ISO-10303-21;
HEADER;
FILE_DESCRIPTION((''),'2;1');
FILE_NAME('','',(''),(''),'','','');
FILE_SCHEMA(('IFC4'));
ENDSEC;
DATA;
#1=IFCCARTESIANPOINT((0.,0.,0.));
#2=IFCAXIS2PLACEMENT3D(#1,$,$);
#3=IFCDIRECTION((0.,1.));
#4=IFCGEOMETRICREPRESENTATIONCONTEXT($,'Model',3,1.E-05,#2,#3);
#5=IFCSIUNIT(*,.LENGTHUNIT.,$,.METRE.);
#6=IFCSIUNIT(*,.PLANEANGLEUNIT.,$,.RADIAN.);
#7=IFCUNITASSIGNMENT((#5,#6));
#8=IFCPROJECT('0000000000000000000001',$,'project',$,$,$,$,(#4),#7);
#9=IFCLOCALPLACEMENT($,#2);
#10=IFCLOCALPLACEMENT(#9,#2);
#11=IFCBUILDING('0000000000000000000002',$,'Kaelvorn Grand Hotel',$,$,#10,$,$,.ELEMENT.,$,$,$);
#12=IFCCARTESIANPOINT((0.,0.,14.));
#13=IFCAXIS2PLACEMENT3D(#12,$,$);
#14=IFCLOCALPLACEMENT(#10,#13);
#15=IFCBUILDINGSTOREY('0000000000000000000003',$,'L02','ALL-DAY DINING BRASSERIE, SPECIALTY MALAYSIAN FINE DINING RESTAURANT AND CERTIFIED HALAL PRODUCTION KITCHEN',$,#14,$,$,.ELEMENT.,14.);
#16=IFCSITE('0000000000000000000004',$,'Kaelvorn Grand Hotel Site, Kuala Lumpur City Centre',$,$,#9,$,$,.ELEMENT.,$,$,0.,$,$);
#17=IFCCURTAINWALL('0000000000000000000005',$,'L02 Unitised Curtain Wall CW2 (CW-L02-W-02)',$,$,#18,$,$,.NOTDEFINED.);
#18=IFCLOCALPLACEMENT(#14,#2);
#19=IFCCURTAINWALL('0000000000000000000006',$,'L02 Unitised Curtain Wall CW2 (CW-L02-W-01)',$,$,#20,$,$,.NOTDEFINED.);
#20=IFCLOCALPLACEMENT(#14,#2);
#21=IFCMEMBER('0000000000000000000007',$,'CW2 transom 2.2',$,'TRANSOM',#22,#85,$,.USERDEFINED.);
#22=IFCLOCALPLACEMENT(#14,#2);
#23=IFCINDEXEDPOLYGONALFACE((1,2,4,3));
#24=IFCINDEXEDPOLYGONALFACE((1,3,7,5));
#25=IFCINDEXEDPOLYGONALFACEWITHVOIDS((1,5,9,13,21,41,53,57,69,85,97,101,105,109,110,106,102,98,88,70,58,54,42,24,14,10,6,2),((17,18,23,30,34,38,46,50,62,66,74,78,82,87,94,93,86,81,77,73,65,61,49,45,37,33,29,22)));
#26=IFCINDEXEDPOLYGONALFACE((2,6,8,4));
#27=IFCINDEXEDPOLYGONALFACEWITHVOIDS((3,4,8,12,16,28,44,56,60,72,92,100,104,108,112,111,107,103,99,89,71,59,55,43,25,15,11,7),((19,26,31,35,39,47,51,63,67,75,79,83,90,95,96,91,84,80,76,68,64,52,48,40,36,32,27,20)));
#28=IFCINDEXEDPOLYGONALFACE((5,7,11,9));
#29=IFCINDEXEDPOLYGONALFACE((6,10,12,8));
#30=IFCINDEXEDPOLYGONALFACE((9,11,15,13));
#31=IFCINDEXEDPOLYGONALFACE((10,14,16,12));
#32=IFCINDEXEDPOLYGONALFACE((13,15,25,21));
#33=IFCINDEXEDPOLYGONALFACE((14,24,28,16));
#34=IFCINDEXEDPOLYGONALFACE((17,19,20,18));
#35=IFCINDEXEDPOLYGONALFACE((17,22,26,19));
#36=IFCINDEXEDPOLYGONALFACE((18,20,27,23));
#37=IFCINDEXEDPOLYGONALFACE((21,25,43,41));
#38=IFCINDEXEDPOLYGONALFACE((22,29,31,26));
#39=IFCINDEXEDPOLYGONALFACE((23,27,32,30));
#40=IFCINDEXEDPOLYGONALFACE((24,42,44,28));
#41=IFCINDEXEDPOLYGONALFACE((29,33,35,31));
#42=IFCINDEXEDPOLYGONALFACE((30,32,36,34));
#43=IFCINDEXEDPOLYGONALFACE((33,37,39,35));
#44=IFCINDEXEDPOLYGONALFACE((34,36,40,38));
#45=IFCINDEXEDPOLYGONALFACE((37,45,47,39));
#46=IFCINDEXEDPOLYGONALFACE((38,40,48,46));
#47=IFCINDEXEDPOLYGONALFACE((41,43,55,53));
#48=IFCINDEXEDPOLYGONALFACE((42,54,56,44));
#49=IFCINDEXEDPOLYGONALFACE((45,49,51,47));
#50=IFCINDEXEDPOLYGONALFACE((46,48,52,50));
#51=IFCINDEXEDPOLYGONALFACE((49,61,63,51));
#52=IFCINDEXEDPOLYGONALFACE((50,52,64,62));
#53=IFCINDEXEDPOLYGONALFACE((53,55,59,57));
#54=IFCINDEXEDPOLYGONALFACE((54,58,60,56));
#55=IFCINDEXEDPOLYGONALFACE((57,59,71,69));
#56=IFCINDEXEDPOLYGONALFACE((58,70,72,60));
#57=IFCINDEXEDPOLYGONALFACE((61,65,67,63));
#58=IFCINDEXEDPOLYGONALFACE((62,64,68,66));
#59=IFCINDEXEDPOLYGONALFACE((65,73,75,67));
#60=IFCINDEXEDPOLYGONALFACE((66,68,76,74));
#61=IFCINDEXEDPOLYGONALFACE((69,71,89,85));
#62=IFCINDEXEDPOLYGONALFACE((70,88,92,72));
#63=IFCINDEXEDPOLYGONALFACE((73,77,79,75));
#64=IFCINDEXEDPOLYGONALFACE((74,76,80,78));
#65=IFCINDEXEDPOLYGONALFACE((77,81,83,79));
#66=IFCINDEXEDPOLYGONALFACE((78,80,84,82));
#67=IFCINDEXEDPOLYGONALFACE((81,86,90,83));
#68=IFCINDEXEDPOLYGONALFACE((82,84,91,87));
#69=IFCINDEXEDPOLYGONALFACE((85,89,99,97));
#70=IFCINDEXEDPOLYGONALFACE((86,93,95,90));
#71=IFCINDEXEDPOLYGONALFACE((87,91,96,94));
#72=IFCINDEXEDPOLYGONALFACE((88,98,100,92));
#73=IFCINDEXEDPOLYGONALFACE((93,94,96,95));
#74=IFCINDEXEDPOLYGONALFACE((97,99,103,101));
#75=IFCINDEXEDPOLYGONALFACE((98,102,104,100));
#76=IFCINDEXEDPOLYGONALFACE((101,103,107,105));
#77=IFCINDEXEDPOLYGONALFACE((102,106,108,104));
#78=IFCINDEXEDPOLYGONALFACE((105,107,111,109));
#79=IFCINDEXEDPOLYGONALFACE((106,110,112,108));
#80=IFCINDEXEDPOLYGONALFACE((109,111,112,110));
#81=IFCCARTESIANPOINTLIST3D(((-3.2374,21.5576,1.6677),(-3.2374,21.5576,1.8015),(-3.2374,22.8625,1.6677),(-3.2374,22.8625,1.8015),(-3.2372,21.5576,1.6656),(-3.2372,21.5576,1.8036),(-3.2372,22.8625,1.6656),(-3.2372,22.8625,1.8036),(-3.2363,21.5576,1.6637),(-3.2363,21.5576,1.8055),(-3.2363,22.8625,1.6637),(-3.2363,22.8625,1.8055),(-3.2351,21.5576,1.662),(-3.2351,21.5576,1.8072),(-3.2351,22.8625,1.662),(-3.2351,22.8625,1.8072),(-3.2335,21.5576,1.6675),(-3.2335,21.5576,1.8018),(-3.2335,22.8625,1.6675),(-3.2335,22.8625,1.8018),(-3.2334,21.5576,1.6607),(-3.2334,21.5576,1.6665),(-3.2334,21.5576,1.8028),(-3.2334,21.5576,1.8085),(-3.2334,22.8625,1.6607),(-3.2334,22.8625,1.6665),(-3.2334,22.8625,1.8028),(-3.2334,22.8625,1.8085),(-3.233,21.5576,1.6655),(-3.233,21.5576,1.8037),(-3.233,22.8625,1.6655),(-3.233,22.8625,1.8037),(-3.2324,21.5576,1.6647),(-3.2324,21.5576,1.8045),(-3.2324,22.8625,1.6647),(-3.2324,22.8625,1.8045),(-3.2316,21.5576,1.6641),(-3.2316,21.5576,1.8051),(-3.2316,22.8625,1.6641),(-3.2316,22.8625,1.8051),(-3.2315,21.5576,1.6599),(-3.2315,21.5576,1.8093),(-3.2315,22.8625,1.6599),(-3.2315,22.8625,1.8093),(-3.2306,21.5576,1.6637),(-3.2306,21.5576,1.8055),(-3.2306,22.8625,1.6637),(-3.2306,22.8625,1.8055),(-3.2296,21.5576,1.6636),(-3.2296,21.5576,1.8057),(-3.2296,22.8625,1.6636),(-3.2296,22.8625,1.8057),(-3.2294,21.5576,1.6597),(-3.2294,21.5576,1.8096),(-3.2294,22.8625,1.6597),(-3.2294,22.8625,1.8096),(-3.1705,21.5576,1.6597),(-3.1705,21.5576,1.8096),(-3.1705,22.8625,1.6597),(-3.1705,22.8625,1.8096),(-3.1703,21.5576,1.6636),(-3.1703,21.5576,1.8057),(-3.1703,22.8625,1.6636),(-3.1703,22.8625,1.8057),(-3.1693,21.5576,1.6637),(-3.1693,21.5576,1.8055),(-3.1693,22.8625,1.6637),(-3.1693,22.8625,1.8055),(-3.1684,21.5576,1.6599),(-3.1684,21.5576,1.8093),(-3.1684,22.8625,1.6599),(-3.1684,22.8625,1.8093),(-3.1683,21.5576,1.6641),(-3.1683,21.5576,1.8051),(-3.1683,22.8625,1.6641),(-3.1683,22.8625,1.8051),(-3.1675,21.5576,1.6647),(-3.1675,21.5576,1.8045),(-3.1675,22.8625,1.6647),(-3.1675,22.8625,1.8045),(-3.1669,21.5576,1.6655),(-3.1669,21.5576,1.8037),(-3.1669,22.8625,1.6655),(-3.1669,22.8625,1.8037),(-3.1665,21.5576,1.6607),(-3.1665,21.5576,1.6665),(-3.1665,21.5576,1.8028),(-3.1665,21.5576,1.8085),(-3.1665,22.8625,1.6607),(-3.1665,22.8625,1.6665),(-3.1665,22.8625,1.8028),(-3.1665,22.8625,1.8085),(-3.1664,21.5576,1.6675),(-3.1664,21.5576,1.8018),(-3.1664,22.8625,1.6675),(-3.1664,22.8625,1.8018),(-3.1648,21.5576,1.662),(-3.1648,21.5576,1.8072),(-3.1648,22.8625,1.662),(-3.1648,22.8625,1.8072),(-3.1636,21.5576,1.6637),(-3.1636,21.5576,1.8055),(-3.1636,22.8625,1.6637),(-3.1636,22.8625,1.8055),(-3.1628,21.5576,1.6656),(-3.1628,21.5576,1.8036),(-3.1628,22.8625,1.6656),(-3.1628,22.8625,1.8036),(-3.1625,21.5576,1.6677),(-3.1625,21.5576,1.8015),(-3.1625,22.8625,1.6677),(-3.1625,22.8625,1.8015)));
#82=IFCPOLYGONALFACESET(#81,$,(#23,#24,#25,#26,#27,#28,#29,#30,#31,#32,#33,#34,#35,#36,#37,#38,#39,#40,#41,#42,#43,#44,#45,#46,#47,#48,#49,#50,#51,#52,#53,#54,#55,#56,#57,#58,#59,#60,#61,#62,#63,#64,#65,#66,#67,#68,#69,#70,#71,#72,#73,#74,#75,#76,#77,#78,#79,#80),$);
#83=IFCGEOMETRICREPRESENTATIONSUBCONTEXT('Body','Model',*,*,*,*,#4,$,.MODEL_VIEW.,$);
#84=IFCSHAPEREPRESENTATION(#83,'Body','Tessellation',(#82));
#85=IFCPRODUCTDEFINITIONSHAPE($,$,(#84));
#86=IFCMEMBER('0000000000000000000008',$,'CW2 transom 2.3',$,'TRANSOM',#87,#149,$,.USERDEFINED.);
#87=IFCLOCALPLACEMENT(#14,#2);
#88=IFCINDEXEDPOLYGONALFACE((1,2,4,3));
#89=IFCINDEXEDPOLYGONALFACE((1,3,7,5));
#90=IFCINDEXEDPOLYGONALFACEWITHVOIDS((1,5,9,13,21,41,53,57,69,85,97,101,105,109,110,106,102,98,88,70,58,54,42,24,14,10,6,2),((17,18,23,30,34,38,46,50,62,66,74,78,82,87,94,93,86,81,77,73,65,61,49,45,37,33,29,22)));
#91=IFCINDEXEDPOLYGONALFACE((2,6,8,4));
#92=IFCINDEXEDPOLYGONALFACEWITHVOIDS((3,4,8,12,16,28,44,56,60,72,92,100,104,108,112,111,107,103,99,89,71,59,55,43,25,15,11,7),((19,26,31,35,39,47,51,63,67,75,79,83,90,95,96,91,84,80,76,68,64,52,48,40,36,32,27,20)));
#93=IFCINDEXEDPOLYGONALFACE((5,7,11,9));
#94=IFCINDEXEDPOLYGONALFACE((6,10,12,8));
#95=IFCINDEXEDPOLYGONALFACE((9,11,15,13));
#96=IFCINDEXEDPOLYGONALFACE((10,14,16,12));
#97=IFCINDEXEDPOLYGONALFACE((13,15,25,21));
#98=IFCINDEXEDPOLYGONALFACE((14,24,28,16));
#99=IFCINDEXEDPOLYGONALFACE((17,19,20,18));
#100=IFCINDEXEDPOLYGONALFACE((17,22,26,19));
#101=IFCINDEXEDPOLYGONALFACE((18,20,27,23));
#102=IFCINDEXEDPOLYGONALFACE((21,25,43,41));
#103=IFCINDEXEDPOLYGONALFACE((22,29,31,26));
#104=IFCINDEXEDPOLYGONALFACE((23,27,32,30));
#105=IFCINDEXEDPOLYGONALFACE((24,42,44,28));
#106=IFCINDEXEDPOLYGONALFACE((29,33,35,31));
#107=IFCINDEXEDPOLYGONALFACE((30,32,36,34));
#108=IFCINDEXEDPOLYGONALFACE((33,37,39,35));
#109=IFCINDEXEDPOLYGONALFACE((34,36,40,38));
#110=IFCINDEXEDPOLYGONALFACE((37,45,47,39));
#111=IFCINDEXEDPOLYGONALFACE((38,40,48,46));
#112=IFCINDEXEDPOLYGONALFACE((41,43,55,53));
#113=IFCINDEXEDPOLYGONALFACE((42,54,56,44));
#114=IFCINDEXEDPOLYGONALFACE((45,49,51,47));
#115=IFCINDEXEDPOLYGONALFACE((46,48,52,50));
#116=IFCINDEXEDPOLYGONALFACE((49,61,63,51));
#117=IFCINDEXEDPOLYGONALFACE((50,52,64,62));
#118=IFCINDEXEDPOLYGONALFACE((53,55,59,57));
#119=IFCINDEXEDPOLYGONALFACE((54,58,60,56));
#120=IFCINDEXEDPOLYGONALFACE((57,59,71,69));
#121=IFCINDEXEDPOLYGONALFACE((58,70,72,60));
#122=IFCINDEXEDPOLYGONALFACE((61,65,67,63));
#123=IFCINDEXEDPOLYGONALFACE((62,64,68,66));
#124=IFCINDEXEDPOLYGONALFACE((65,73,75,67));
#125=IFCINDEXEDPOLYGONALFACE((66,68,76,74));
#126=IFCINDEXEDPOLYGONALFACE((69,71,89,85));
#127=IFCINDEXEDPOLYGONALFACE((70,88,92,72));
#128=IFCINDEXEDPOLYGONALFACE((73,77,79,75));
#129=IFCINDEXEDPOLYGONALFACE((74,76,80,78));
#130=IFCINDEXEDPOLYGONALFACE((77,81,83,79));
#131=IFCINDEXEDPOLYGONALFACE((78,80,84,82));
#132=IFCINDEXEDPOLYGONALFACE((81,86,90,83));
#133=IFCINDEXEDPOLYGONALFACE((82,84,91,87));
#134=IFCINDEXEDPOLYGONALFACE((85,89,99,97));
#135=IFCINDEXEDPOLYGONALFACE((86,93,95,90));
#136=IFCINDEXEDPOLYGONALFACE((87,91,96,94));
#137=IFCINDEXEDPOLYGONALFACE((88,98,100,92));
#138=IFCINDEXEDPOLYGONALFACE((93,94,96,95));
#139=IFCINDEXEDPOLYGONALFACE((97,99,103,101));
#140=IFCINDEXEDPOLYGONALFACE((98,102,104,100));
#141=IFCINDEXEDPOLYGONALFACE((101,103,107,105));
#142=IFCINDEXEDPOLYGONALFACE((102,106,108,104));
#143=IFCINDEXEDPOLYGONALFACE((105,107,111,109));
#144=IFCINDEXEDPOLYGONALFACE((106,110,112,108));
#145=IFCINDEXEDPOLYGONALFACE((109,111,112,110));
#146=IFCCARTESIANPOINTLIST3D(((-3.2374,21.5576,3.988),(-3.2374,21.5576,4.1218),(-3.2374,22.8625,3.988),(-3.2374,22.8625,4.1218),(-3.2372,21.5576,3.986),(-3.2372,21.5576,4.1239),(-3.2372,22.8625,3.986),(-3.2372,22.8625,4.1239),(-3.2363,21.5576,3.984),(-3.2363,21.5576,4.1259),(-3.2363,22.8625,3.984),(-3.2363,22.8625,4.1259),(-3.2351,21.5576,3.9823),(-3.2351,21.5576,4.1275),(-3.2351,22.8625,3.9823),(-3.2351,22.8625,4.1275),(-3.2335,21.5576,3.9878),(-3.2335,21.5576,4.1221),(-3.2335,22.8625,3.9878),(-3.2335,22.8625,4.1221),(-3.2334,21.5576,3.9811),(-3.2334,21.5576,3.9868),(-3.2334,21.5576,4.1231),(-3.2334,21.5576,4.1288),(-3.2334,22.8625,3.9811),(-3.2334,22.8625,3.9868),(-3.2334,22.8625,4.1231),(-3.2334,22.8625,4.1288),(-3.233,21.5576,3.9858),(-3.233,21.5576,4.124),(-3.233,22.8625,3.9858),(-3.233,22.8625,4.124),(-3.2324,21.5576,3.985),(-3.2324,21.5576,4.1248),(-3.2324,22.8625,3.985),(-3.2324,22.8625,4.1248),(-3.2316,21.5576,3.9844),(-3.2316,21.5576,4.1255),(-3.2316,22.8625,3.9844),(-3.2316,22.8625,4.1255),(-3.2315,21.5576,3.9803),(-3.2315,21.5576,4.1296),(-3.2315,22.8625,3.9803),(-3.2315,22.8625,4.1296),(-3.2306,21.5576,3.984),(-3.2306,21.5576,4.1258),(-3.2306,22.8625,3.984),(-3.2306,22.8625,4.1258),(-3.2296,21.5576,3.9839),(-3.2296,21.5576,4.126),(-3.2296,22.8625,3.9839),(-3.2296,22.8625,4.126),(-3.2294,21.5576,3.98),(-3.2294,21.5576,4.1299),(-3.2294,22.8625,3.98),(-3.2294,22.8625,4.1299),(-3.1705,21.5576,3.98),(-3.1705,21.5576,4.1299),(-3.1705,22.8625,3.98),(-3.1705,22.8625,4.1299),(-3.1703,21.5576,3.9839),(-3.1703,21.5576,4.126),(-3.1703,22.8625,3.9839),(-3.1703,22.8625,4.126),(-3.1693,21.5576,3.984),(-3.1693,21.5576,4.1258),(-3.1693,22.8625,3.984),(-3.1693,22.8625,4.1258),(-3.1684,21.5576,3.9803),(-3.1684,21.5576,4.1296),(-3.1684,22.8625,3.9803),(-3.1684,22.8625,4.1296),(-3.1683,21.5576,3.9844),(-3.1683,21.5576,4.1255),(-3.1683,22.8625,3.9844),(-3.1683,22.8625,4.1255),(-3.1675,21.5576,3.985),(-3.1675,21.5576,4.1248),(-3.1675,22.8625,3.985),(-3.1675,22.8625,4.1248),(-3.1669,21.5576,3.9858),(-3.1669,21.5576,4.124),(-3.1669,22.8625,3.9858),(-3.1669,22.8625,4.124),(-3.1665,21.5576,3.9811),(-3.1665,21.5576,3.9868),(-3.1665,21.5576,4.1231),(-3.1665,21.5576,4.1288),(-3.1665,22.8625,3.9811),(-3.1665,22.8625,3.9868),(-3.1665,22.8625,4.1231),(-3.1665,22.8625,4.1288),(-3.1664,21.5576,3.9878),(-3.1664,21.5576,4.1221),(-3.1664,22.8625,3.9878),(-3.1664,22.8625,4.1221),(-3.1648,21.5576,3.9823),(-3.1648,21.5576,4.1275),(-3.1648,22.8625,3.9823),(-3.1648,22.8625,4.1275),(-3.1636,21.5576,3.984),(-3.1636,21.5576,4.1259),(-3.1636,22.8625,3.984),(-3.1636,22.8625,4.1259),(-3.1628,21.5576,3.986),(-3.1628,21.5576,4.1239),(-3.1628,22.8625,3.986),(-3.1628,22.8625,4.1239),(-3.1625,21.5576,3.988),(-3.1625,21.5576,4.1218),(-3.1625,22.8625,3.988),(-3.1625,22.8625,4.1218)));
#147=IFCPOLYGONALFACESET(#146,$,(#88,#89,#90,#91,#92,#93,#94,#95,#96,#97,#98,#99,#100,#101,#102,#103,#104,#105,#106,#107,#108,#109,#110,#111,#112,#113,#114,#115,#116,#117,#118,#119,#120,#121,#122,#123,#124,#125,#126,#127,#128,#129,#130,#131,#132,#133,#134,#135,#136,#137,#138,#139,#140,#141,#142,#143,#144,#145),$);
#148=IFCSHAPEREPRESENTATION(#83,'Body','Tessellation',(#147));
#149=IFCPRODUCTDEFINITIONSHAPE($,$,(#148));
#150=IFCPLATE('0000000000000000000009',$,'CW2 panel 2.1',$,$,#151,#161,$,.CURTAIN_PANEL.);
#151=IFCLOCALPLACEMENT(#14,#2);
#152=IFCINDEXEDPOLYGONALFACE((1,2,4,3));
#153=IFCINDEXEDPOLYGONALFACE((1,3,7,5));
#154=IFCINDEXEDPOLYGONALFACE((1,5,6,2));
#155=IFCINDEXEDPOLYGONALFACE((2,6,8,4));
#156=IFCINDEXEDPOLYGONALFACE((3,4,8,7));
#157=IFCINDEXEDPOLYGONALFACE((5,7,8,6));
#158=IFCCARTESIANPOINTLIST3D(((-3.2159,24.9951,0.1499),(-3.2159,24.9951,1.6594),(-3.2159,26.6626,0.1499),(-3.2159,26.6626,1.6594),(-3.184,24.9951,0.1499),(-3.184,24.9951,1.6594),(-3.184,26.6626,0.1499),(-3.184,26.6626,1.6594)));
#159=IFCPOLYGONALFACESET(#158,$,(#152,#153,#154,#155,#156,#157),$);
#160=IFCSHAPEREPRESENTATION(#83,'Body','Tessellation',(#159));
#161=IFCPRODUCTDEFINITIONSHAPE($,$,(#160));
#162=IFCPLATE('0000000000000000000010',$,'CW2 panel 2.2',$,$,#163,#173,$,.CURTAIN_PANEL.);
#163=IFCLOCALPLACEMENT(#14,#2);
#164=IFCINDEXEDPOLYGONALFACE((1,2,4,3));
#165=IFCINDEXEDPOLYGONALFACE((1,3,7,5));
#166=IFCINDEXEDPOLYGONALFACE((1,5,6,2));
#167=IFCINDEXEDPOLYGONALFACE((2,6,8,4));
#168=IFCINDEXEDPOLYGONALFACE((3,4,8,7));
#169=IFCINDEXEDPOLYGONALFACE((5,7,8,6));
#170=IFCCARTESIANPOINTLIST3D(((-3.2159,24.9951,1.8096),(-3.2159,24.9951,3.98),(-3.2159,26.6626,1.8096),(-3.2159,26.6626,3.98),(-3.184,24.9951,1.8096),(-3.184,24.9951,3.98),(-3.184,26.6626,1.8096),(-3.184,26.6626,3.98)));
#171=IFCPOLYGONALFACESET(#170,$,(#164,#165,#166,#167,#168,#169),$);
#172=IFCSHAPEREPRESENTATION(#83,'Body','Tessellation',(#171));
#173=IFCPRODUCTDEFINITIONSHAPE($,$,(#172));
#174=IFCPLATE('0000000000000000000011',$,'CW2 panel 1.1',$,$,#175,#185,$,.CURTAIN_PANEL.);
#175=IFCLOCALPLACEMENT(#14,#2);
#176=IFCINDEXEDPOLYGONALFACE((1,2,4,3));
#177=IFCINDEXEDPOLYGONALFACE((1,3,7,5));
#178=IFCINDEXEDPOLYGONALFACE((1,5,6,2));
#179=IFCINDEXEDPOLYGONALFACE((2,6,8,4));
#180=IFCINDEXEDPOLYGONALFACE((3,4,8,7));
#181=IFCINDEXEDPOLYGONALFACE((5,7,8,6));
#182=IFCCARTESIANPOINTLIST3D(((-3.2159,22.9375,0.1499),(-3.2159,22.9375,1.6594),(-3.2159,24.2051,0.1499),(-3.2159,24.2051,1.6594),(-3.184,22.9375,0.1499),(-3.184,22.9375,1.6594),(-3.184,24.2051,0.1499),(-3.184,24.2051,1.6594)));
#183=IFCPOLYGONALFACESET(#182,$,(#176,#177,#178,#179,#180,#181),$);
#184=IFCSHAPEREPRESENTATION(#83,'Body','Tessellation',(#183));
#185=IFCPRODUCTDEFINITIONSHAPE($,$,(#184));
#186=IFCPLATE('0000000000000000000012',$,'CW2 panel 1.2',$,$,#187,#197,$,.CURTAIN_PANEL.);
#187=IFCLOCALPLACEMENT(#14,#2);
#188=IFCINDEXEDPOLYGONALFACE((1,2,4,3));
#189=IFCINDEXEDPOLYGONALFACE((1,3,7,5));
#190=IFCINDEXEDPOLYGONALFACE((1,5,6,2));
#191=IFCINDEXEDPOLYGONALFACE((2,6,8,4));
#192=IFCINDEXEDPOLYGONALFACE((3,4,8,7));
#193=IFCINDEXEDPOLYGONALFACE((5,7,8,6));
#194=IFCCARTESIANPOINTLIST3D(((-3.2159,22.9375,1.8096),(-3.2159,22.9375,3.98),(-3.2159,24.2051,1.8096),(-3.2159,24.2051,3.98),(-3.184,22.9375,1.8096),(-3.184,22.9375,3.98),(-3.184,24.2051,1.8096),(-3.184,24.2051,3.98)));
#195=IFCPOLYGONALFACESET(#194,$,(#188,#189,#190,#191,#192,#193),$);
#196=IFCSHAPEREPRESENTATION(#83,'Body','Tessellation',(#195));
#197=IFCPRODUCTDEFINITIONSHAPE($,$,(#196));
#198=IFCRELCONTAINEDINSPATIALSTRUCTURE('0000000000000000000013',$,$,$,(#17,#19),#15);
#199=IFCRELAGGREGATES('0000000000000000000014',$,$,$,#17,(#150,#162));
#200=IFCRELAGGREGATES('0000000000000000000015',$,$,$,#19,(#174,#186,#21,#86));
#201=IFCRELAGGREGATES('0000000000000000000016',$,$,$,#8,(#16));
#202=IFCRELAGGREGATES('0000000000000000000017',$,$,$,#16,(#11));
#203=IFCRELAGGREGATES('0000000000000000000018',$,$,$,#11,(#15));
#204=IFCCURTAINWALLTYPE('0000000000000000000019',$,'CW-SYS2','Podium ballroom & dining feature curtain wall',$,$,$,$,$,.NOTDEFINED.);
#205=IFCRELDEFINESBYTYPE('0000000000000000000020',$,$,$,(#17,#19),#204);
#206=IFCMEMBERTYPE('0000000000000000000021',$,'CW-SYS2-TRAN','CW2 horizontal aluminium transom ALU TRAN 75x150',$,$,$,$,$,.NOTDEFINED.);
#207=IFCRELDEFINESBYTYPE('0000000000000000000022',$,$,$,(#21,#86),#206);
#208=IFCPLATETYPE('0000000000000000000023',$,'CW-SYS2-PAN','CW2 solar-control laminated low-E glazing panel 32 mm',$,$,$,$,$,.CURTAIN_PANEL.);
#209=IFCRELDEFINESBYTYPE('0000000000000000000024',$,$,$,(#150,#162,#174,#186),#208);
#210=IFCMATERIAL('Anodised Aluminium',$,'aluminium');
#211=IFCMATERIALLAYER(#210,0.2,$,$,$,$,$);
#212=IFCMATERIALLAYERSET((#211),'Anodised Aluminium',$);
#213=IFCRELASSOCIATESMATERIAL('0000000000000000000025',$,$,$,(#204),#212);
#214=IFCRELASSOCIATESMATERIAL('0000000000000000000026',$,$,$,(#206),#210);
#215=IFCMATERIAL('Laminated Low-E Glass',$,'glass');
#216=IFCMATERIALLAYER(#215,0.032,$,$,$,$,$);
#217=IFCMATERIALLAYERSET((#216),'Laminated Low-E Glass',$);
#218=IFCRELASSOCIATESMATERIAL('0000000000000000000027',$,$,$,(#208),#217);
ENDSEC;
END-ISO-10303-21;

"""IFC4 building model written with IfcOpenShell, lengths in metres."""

from ifc_helpers import new_model, si_unit, direction, frame, origin, origin_2d, place, context, subcontext, project, spatial, rectangle, hollow_rectangle, extrude, material, layer, layer_set, material_profile, profile_set, type_object, element, aggregate, save


model = new_model("IFC4")

# Units and contexts
model_context = context("Model", 3, precision=1e-05, world=origin(), true_north=direction((0.0, 1.0)))
body_context = subcontext(model_context, "Body", "Model", "MODEL_VIEW")
ifc_project = project(units=[si_unit("LENGTHUNIT", "METRE"), si_unit("PLANEANGLEUNIT", "RADIAN")], contexts=[model_context])

# Site, building, storey
site_placement = place(None, origin())
site = spatial("IfcSite", under=ifc_project, at=site_placement, Name="Kaelvorn Grand Hotel Site, Kuala Lumpur City Centre", CompositionType="ELEMENT", RefElevation=0.0)
building_placement = place(site_placement, origin())
building = spatial("IfcBuilding", under=site, at=building_placement, Name="Kaelvorn Grand Hotel", CompositionType="ELEMENT")
storey_placement = place(building_placement, frame((0.0, 0.0, 14.0)))
storey = spatial("IfcBuildingStorey", under=building, at=storey_placement, Name="L02", Description="ALL-DAY DINING BRASSERIE, SPECIALTY MALAYSIAN FINE DINING RESTAURANT AND CERTIFIED HALAL PRODUCTION KITCHEN", CompositionType="ELEMENT", Elevation=14.0)

# Curtain wall
ifc_material_1 = material(Name="Anodised Aluminium", Category="aluminium")
ifc_layer_1 = layer(ifc_material_1, 0.2)
ifc_layer_set_1 = layer_set([ifc_layer_1], Name="Anodised Aluminium")
curtain_wall_type = type_object("IfcCurtainWallType", Name="CW-SYS2", Description="Podium ballroom & dining feature curtain wall", PredefinedType="NOTDEFINED", material=ifc_layer_set_1)
curtain_wall_1_placement = place(storey_placement, origin())
curtain_wall_1 = element("IfcCurtainWall", 1, at=curtain_wall_1_placement, inside=storey, type_object=curtain_wall_type, Name="L02 Unitised Curtain Wall CW2 (CW-L02-W-02)", PredefinedType="NOTDEFINED")

# Curtain wall
curtain_wall_2_placement = place(storey_placement, origin())
curtain_wall_2 = element("IfcCurtainWall", 2, at=curtain_wall_2_placement, inside=storey, type_object=curtain_wall_type, Name="L02 Unitised Curtain Wall CW2 (CW-L02-W-01)", PredefinedType="NOTDEFINED")

# Members
ifc_material_profile_1 = material_profile(ifc_material_1, hollow_rectangle(XDim=0.075, YDim=0.1499, WallThickness=0.0039, InnerFilletRadius=0.0039, OuterFilletRadius=0.0081, at=origin_2d()), Name="ALU TRAN 75x150")
ifc_profile_set_1 = profile_set([ifc_material_profile_1], Name="Anodised Aluminium")
member_type_1 = type_object("IfcMemberType", Name="CW-SYS2-TRAN", Description="CW2 horizontal aluminium transom ALU TRAN 75x150", PredefinedType="NOTDEFINED", material=ifc_profile_set_1)
member_1_placement = place(storey_placement, frame((-3.2, 22.8625, 1.7346), z_axis=(0.0, -1.0, 0.0), x_axis=(1.0, 0.0, 0.0)))
member_1 = element("IfcMember", 3, at=member_1_placement, type_object=member_type_1, Name="CW2 transom 2.2", ObjectType="TRANSOM", PredefinedType="USERDEFINED", context=body_context, shape_type="SweptSolid", body=[
    extrude(hollow_rectangle(XDim=0.075, YDim=0.1499, WallThickness=0.0039, InnerFilletRadius=0.0039, OuterFilletRadius=0.0081, at=origin_2d()), origin(), (0.0, 0.0, 1.0), 1.3049),
])
member_2_placement = place(storey_placement, frame((-3.2, 22.8625, 4.0549), z_axis=(0.0, -1.0, 0.0), x_axis=(1.0, 0.0, 0.0)))
member_2 = element("IfcMember", 4, at=member_2_placement, type_object=member_type_1, Name="CW2 transom 2.3", ObjectType="TRANSOM", PredefinedType="USERDEFINED", context=body_context, shape_type="SweptSolid", body=[
    extrude(hollow_rectangle(XDim=0.075, YDim=0.1499, WallThickness=0.0039, InnerFilletRadius=0.0039, OuterFilletRadius=0.0081, at=origin_2d()), origin(), (0.0, 0.0, 1.0), 1.3049),
])

# Plates
ifc_material_2 = material(Name="Laminated Low-E Glass", Category="glass")
ifc_layer_2 = layer(ifc_material_2, 0.032)
ifc_layer_set_2 = layer_set([ifc_layer_2], Name="Laminated Low-E Glass")
plate_type = type_object("IfcPlateType", Name="CW-SYS2-PAN", Description="CW2 solar-control laminated low-E glazing panel 32 mm", PredefinedType="CURTAIN_PANEL", material=ifc_layer_set_2)
plate_1_placement = place(storey_placement, frame((-3.2, 25.8289, 0.1499), z_axis=(0.0, 0.0, 1.0), x_axis=(0.0, -1.0, 0.0)))
plate_1 = element("IfcPlate", 5, at=plate_1_placement, type_object=plate_type, Name="CW2 panel 2.1", PredefinedType="CURTAIN_PANEL", context=body_context, shape_type="SweptSolid", body=[
    extrude(rectangle(XDim=1.6675, YDim=0.032, at=origin_2d()), origin(), (0.0, 0.0, 1.0), 1.5095),
])
plate_2_placement = place(storey_placement, frame((-3.2, 25.8289, 1.8096), z_axis=(0.0, 0.0, 1.0), x_axis=(0.0, -1.0, 0.0)))
plate_2 = element("IfcPlate", 6, at=plate_2_placement, type_object=plate_type, Name="CW2 panel 2.2", PredefinedType="CURTAIN_PANEL", context=body_context, shape_type="SweptSolid", body=[
    extrude(rectangle(XDim=1.6675, YDim=0.032, at=origin_2d()), origin(), (0.0, 0.0, 1.0), 2.1704),
])
aggregate(curtain_wall_1, [plate_1, plate_2])
plate_3_placement = place(storey_placement, frame((-3.2, 23.5713, 0.1499), z_axis=(0.0, 0.0, 1.0), x_axis=(0.0, -1.0, 0.0)))
plate_3 = element("IfcPlate", 7, at=plate_3_placement, type_object=plate_type, Name="CW2 panel 1.1", PredefinedType="CURTAIN_PANEL", context=body_context, shape_type="SweptSolid", body=[
    extrude(rectangle(XDim=1.2676, YDim=0.032, at=origin_2d()), origin(), (0.0, 0.0, 1.0), 1.5095),
])
plate_4_placement = place(storey_placement, frame((-3.2, 23.5713, 1.8096), z_axis=(0.0, 0.0, 1.0), x_axis=(0.0, -1.0, 0.0)))
plate_4 = element("IfcPlate", 8, at=plate_4_placement, type_object=plate_type, Name="CW2 panel 1.2", PredefinedType="CURTAIN_PANEL", context=body_context, shape_type="SweptSolid", body=[
    extrude(rectangle(XDim=1.2676, YDim=0.032, at=origin_2d()), origin(), (0.0, 0.0, 1.0), 2.1704),
])
aggregate(curtain_wall_2, [plate_3, plate_4, member_1, member_2])

save(model, "model.ifc")
